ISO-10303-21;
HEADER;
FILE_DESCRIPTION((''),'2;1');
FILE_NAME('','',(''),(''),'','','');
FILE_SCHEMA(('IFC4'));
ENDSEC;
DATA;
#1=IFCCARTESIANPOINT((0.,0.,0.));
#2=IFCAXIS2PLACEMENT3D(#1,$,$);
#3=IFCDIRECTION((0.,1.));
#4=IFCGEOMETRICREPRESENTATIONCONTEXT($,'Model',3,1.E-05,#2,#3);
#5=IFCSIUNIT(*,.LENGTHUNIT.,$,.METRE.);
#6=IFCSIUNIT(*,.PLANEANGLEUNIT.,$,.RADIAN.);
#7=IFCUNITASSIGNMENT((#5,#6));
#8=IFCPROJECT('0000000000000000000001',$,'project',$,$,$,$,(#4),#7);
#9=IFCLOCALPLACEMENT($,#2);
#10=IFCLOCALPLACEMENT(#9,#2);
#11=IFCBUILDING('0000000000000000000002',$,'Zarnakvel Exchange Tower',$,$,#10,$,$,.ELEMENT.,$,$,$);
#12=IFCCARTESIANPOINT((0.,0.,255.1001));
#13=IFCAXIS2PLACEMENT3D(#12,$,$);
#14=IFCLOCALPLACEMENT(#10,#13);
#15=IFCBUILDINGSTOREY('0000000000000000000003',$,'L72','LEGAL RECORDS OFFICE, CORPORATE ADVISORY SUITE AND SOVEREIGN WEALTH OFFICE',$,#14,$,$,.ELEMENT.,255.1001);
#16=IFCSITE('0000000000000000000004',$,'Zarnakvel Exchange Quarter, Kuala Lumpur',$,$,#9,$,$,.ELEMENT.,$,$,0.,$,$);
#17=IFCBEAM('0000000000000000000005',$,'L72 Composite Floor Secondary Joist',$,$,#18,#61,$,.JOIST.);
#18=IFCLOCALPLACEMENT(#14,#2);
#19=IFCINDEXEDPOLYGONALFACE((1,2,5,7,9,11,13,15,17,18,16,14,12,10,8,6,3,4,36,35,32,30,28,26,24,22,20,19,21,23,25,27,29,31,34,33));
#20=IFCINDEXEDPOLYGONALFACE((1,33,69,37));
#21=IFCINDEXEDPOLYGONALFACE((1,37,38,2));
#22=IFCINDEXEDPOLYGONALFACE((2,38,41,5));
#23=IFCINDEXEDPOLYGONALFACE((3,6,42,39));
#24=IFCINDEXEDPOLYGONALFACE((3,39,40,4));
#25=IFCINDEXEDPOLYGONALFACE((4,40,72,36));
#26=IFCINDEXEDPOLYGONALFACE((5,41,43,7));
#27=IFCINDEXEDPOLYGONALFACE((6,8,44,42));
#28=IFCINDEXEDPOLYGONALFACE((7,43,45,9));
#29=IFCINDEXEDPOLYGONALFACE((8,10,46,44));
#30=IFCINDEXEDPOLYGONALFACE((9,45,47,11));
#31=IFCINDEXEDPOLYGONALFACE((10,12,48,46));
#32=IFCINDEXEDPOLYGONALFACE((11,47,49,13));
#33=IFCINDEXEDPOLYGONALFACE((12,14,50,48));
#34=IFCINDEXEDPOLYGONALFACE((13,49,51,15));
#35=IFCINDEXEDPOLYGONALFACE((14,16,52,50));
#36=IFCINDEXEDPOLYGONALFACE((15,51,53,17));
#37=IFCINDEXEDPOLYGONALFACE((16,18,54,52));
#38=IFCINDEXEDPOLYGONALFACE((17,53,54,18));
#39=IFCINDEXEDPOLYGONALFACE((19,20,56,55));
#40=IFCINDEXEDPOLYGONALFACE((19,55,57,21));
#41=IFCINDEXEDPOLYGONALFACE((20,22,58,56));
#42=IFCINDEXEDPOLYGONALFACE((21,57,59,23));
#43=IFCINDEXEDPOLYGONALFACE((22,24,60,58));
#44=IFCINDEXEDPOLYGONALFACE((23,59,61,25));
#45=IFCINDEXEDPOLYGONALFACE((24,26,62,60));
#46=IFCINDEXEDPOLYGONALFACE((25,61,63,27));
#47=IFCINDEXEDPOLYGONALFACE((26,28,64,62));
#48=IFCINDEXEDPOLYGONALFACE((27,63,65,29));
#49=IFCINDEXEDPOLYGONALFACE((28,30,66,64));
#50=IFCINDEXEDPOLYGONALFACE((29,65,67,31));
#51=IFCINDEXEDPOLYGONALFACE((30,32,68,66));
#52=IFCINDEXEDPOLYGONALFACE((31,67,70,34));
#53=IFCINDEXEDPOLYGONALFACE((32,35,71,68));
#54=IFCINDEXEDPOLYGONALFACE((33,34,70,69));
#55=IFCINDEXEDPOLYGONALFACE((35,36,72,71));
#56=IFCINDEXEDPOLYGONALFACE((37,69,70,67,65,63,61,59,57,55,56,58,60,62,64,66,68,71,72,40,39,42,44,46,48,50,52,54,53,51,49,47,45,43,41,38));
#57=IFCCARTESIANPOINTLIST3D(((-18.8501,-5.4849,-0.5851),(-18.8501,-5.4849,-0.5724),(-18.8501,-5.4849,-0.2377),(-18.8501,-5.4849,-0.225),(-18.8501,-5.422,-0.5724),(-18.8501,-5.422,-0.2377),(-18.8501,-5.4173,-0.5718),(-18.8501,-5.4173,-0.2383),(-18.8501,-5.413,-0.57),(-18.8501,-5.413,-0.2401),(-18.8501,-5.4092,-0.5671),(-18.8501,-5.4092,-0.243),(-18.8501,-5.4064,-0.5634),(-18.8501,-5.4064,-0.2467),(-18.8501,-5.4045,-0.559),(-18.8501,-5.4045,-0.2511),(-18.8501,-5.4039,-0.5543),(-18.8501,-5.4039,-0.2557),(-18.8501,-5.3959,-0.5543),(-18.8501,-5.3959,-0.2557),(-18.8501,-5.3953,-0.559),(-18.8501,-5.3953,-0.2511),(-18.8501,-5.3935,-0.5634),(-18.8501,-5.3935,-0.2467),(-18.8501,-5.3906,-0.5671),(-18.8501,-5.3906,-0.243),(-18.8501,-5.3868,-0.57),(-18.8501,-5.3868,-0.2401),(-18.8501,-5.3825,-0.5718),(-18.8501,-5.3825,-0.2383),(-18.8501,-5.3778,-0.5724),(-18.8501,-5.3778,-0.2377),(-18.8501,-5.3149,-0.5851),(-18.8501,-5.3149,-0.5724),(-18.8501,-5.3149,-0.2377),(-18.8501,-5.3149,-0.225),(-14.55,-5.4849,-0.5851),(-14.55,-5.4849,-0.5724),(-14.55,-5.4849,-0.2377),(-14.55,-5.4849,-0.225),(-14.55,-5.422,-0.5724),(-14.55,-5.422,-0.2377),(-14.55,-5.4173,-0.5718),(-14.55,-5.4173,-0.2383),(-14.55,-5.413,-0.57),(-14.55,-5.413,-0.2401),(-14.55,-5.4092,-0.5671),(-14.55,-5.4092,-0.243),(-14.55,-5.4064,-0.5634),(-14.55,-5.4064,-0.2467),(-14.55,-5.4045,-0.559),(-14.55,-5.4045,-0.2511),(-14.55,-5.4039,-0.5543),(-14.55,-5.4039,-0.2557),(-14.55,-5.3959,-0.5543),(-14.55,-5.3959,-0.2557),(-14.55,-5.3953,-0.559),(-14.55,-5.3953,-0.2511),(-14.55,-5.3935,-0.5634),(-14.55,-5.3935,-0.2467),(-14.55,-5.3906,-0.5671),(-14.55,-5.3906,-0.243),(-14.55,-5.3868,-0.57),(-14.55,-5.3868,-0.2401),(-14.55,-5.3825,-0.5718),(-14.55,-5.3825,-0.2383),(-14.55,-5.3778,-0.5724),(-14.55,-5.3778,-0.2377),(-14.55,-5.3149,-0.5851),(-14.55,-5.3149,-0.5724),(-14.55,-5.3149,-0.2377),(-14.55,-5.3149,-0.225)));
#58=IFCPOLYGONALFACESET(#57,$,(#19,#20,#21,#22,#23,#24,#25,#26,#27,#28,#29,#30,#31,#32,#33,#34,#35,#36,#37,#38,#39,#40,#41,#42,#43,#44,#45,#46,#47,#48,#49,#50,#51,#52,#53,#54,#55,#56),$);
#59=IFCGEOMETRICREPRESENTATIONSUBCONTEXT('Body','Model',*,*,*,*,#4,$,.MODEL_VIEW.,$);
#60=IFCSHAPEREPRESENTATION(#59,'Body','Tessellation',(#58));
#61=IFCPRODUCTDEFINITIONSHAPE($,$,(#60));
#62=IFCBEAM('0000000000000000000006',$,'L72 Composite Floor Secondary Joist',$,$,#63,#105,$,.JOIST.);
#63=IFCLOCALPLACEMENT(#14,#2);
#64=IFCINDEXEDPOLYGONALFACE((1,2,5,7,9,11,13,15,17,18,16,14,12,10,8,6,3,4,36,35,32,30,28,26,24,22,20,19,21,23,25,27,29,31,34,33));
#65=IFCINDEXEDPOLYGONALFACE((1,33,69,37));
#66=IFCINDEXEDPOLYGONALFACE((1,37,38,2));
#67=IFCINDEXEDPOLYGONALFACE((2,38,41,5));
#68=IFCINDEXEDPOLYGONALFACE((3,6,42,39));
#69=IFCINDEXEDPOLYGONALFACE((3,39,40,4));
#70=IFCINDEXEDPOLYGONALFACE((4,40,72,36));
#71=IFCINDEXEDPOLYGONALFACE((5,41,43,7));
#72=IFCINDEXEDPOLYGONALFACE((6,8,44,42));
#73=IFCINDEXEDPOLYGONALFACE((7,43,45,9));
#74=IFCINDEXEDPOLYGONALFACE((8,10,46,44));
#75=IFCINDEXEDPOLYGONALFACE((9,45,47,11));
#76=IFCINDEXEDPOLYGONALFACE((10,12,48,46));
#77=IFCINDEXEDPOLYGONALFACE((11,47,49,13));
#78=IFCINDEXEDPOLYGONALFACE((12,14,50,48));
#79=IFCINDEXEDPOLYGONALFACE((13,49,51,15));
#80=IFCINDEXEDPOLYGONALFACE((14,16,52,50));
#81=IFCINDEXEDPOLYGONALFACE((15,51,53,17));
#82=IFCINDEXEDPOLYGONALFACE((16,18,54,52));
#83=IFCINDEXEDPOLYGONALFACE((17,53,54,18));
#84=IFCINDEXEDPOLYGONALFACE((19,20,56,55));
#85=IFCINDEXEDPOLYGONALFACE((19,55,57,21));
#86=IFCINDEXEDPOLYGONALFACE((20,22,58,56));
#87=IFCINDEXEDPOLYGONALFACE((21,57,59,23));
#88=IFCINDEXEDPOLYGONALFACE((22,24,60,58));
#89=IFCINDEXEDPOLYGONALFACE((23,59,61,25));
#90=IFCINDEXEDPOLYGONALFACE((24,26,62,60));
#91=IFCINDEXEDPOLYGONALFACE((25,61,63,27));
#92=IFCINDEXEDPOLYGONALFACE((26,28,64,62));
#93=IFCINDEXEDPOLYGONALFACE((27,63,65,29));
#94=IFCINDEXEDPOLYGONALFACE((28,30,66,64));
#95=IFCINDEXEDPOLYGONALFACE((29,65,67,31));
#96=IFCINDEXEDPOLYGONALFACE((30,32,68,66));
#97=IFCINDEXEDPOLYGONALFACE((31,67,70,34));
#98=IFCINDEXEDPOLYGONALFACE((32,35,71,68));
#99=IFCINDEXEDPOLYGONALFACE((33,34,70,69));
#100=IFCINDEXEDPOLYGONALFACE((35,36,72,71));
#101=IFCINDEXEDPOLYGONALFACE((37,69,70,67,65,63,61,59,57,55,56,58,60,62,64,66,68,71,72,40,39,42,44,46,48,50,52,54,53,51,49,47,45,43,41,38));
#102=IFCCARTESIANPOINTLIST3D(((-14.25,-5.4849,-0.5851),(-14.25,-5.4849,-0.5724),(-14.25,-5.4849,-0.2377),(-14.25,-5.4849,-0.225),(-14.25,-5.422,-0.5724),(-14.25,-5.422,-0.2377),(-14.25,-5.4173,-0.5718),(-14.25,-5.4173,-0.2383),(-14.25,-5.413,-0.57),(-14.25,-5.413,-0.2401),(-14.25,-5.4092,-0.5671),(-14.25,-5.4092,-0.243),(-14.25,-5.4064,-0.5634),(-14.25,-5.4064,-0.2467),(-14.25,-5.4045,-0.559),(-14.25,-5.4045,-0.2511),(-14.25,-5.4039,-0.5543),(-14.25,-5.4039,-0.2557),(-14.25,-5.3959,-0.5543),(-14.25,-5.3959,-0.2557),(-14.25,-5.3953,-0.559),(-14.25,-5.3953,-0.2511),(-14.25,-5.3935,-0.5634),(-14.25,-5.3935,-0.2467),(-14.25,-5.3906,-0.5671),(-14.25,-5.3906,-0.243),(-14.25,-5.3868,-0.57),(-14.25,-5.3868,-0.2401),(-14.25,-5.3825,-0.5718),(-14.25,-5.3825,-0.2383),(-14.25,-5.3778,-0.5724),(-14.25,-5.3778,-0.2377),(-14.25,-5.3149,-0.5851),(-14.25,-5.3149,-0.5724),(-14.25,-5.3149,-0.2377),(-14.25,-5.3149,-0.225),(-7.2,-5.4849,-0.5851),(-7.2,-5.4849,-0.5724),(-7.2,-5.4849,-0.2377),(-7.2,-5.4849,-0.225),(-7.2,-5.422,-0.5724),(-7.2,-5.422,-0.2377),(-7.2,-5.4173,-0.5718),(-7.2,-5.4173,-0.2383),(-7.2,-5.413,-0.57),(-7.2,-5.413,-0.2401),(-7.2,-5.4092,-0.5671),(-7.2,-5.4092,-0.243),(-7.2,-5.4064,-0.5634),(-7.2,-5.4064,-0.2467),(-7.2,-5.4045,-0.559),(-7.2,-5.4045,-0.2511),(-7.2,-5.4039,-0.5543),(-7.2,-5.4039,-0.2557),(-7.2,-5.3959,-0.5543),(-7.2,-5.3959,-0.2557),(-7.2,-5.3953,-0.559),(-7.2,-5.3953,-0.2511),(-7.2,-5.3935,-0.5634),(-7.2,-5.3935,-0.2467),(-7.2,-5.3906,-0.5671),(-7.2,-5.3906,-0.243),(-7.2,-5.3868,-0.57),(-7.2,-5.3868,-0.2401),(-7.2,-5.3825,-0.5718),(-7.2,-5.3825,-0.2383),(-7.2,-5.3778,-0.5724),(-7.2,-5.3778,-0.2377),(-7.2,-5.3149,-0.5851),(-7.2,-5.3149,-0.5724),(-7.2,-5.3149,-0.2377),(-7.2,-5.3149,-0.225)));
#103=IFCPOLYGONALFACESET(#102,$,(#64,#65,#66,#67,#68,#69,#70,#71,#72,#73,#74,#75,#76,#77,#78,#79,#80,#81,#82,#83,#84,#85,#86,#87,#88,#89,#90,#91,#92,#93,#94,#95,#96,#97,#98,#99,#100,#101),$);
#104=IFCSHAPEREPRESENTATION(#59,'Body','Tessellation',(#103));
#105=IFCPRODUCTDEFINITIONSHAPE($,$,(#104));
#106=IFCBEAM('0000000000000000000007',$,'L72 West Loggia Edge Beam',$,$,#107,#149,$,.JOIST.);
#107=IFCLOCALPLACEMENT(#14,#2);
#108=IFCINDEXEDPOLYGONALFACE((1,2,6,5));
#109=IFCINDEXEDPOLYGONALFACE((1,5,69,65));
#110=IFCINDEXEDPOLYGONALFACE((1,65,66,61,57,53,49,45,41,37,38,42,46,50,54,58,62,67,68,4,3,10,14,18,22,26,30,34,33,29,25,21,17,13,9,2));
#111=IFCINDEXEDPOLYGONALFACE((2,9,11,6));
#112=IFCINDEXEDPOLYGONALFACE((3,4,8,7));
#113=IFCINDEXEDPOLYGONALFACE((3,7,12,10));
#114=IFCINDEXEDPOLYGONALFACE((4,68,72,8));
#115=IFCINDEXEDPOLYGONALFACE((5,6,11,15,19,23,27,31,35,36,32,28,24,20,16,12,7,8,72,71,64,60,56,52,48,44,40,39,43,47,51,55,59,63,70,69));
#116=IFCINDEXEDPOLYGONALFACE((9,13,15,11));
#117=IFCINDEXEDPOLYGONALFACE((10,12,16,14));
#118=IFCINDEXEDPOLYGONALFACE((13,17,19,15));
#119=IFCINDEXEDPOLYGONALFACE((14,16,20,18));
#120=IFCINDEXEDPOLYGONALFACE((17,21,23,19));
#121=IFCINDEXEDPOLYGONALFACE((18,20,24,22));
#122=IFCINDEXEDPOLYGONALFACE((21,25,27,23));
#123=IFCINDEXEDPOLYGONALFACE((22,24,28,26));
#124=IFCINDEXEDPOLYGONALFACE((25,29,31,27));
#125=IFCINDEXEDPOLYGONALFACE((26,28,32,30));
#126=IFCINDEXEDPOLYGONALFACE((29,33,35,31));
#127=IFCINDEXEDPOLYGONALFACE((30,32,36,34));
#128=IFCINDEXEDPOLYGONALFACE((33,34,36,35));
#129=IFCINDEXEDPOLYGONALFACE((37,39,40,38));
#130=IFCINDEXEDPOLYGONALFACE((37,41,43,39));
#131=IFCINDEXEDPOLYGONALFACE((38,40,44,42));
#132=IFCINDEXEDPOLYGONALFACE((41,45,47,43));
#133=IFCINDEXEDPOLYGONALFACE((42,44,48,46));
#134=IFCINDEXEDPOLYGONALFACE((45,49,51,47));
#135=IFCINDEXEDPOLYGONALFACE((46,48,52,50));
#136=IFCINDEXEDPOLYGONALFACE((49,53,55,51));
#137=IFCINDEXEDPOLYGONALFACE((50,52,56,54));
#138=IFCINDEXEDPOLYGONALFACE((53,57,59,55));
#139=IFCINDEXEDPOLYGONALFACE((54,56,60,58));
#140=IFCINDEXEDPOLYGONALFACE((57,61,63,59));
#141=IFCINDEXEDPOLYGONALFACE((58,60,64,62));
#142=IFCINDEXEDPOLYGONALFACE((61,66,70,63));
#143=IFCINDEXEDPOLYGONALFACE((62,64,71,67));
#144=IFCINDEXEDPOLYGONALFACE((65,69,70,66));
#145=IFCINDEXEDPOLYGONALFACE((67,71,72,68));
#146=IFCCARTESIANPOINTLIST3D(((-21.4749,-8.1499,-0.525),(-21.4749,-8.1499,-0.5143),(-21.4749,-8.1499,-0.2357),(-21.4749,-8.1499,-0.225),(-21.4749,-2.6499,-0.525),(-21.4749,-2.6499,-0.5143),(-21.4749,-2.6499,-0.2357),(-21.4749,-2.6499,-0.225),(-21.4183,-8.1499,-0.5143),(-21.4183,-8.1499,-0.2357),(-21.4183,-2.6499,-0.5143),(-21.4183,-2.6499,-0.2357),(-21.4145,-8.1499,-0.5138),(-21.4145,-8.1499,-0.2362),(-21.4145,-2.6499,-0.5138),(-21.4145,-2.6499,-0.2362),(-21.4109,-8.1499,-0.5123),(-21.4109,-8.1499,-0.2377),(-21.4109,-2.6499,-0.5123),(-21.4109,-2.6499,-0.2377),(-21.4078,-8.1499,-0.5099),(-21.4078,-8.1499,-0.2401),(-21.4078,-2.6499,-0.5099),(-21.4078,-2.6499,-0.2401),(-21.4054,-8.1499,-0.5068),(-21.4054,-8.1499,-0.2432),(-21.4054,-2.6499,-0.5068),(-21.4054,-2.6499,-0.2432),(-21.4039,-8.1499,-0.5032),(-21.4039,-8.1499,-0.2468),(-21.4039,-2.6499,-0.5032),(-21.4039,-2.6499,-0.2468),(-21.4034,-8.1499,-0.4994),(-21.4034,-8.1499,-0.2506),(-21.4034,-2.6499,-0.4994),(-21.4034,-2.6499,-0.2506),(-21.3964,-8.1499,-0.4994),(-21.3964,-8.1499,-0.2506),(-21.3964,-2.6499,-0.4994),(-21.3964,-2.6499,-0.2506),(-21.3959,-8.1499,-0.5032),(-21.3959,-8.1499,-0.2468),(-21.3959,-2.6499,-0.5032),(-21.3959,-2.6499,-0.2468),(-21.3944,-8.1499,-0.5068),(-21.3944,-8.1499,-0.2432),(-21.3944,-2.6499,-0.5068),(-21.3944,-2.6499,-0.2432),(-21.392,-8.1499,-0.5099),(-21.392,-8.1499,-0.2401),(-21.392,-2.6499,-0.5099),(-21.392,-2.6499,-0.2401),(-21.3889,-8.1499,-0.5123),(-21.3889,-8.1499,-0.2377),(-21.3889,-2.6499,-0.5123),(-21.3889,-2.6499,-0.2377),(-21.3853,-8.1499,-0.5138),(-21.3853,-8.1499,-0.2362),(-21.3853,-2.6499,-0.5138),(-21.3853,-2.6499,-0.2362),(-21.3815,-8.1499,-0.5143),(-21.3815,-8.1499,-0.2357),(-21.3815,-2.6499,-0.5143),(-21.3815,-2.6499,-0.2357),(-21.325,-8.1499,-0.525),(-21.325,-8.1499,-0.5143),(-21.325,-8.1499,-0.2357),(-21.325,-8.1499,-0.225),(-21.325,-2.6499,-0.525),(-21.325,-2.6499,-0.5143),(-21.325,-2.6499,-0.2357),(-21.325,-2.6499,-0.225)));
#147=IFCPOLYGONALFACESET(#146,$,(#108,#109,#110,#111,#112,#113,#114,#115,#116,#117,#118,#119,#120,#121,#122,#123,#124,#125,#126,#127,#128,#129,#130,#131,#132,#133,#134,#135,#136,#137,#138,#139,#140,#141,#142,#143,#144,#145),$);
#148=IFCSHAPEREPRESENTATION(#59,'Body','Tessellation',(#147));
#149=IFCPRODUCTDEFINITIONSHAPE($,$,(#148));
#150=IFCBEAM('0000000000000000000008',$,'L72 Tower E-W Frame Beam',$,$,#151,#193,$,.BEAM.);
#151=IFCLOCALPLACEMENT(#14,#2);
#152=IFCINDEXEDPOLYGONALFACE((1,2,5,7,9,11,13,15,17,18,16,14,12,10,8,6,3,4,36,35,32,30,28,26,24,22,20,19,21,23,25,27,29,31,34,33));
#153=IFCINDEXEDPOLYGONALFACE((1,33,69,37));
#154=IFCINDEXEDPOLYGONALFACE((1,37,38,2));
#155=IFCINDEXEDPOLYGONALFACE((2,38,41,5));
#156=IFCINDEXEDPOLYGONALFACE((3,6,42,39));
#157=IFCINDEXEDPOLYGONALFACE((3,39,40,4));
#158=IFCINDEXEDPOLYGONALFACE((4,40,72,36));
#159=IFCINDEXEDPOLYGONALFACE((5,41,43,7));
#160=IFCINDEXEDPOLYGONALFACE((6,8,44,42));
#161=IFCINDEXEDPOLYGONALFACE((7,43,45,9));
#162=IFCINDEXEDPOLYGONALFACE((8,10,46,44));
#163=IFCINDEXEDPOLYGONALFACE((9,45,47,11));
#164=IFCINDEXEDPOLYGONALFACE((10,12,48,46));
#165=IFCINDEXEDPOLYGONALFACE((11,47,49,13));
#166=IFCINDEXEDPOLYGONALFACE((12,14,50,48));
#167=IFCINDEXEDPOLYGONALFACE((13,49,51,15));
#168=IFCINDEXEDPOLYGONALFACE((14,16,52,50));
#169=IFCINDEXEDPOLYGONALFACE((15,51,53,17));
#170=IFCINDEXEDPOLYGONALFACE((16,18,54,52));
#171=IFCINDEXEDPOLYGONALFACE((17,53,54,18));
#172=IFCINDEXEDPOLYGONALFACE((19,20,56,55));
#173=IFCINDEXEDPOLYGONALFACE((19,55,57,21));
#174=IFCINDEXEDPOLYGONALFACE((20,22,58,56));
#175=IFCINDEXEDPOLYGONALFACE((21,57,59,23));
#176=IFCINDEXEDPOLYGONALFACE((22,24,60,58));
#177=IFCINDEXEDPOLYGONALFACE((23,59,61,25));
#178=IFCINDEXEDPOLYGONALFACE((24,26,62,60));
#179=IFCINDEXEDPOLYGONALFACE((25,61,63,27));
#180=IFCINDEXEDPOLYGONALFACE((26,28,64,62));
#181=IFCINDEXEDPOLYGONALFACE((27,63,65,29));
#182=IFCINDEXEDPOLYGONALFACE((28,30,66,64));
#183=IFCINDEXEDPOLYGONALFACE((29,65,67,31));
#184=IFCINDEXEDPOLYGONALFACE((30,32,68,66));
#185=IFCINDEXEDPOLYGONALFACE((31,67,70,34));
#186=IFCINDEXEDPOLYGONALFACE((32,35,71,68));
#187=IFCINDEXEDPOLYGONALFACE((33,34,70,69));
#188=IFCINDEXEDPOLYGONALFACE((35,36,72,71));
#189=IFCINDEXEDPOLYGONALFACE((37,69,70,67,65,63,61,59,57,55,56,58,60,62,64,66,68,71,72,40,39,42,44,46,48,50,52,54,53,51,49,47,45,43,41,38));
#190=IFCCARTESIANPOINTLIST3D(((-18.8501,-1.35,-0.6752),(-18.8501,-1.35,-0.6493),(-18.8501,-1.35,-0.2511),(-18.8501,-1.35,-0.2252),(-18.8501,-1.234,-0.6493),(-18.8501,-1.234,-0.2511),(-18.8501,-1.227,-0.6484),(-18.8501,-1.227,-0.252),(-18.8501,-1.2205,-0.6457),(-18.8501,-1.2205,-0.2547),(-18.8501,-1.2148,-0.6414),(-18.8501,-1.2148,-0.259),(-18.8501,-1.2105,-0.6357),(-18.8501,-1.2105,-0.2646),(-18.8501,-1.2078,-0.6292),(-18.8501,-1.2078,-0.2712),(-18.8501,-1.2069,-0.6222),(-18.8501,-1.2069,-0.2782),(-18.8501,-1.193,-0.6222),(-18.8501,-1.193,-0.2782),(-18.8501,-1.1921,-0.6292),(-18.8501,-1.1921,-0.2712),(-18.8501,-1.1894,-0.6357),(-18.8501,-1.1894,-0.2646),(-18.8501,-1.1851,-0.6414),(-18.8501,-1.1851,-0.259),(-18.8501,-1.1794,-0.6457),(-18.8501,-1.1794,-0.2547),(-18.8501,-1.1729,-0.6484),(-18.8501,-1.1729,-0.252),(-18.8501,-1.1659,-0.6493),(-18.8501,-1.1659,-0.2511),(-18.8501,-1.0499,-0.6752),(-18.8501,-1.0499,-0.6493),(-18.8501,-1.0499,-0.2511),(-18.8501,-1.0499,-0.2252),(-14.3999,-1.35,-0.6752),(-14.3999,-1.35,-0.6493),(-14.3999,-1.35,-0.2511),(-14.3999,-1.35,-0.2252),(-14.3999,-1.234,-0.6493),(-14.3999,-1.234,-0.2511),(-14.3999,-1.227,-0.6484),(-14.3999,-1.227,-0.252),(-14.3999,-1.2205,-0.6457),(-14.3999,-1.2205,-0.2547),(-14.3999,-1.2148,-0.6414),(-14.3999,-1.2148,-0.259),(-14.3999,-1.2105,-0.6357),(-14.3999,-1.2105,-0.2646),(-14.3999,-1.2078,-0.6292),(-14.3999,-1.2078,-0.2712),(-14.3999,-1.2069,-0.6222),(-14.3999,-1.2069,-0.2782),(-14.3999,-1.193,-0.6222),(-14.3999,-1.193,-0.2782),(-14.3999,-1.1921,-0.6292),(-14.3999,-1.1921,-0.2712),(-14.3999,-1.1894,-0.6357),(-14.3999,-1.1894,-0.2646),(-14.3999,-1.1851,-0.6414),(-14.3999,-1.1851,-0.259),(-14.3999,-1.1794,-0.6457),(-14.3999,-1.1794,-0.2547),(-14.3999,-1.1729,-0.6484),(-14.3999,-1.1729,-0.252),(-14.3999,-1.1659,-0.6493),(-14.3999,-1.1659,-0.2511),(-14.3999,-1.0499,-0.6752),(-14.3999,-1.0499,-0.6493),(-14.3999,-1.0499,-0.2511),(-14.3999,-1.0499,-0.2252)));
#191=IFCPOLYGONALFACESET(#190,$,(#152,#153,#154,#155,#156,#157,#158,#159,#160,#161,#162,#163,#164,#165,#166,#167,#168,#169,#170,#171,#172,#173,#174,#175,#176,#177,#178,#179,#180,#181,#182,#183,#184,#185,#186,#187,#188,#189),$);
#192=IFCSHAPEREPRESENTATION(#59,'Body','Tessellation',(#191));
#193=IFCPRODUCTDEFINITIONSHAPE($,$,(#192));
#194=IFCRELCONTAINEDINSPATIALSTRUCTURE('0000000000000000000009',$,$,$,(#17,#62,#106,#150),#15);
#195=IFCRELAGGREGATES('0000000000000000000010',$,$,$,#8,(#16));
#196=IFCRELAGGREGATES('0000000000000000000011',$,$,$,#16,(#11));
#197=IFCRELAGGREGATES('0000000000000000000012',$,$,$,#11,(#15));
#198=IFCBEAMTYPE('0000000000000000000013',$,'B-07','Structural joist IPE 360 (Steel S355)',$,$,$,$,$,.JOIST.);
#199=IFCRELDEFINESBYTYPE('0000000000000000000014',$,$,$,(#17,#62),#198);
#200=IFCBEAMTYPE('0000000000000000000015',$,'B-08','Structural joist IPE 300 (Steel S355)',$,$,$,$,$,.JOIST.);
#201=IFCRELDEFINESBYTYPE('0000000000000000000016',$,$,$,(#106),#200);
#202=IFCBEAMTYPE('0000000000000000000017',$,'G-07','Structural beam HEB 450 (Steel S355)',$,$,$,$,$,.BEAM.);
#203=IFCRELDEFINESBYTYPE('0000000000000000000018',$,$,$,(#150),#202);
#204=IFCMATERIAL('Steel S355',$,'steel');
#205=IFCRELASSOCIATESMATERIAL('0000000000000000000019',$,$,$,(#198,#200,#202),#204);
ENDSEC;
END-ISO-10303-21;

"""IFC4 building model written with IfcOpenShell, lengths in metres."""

from ifc_helpers import new_model, si_unit, direction, frame, origin, origin_2d, place, context, subcontext, project, spatial, i_section, extrude, material, material_profile, profile_set, type_object, element, save


model = new_model("IFC4")

# Units and contexts
model_context = context("Model", 3, precision=1e-05, world=origin(), true_north=direction((0.0, 1.0)))
body_context = subcontext(model_context, "Body", "Model", "MODEL_VIEW")
ifc_project = project(units=[si_unit("LENGTHUNIT", "METRE"), si_unit("PLANEANGLEUNIT", "RADIAN")], contexts=[model_context])

# Site, building, storey
site_placement = place(None, origin())
site = spatial("IfcSite", under=ifc_project, at=site_placement, Name="Zarnakvel Exchange Quarter, Kuala Lumpur", CompositionType="ELEMENT", RefElevation=0.0)
building_placement = place(site_placement, origin())
building = spatial("IfcBuilding", under=site, at=building_placement, Name="Zarnakvel Exchange Tower", CompositionType="ELEMENT")
storey_placement = place(building_placement, frame((0.0, 0.0, 255.1001)))
storey = spatial("IfcBuildingStorey", under=building, at=storey_placement, Name="L72", Description="LEGAL RECORDS OFFICE, CORPORATE ADVISORY SUITE AND SOVEREIGN WEALTH OFFICE", CompositionType="ELEMENT", Elevation=255.1001)

# Shared definitions
ifc_material_1 = material(Name="Steel S355", Category="steel")

# Beams
ifc_material_profile_1 = material_profile(ifc_material_1, i_section(OverallWidth=0.1699, OverallDepth=0.3601, WebThickness=0.0081, FlangeThickness=0.0127, FilletRadius=0.0181, at=origin_2d()))
ifc_profile_set_1 = profile_set([ifc_material_profile_1], Name="Steel S355")
beam_type_1 = type_object("IfcBeamType", Name="B-07", Description="Structural joist IPE 360 (Steel S355)", PredefinedType="JOIST", material=ifc_profile_set_1)
beam_1_placement = place(storey_placement, frame((-18.8501, -5.3999, -0.405), z_axis=(1.0, 0.0, 0.0), x_axis=(0.0, 1.0, 0.0)))
element("IfcBeam", 1, at=beam_1_placement, inside=storey, type_object=beam_type_1, Name="L72 Composite Floor Secondary Joist", PredefinedType="JOIST", context=body_context, shape_type="SweptSolid", body=[
    extrude(i_section(OverallWidth=0.1699, OverallDepth=0.3601, WebThickness=0.0081, FlangeThickness=0.0127, FilletRadius=0.0181, at=origin_2d()), origin(), (0.0, 0.0, 1.0), 4.3),
])
beam_2_placement = place(storey_placement, frame((-14.25, -5.3999, -0.405), z_axis=(1.0, 0.0, 0.0), x_axis=(0.0, 1.0, 0.0)))
element("IfcBeam", 2, at=beam_2_placement, inside=storey, type_object=beam_type_1, Name="L72 Composite Floor Secondary Joist", PredefinedType="JOIST", context=body_context, shape_type="SweptSolid", body=[
    extrude(i_section(OverallWidth=0.1699, OverallDepth=0.3601, WebThickness=0.0081, FlangeThickness=0.0127, FilletRadius=0.0181, at=origin_2d()), origin(), (0.0, 0.0, 1.0), 7.05),
])
ifc_material_profile_2 = material_profile(ifc_material_1, i_section(OverallWidth=0.1499, OverallDepth=0.3, WebThickness=0.0071, FlangeThickness=0.0107, FilletRadius=0.0149, at=origin_2d()))
ifc_profile_set_2 = profile_set([ifc_material_profile_2], Name="Steel S355")
beam_type_2 = type_object("IfcBeamType", Name="B-08", Description="Structural joist IPE 300 (Steel S355)", PredefinedType="JOIST", material=ifc_profile_set_2)
beam_3_placement = place(storey_placement, frame((-21.3999, -8.1499, -0.375), z_axis=(0.0, 1.0, 0.0), x_axis=(-1.0, 0.0, 0.0)))
element("IfcBeam", 3, at=beam_3_placement, inside=storey, type_object=beam_type_2, Name="L72 West Loggia Edge Beam", PredefinedType="JOIST", context=body_context, shape_type="SweptSolid", body=[
    extrude(i_section(OverallWidth=0.1499, OverallDepth=0.3, WebThickness=0.0071, FlangeThickness=0.0107, FilletRadius=0.0149, at=origin_2d()), origin(), (0.0, 0.0, 1.0), 5.5),
])
ifc_material_profile_3 = material_profile(ifc_material_1, i_section(OverallWidth=0.3, OverallDepth=0.45, WebThickness=0.0139, FlangeThickness=0.0259, FilletRadius=0.0271, at=origin_2d()))
ifc_profile_set_3 = profile_set([ifc_material_profile_3], Name="Steel S355")
beam_type_3 = type_object("IfcBeamType", Name="G-07", Description="Structural beam HEB 450 (Steel S355)", PredefinedType="BEAM", material=ifc_profile_set_3)
beam_4_placement = place(storey_placement, frame((-18.8501, -1.2, -0.4502), z_axis=(1.0, 0.0, 0.0), x_axis=(0.0, 1.0, 0.0)))
element("IfcBeam", 4, at=beam_4_placement, inside=storey, type_object=beam_type_3, Name="L72 Tower E-W Frame Beam", PredefinedType="BEAM", context=body_context, shape_type="SweptSolid", body=[
    extrude(i_section(OverallWidth=0.3, OverallDepth=0.45, WebThickness=0.0139, FlangeThickness=0.0259, FilletRadius=0.0271, at=origin_2d()), origin(), (0.0, 0.0, 1.0), 4.4502),
])

save(model, "model.ifc")
